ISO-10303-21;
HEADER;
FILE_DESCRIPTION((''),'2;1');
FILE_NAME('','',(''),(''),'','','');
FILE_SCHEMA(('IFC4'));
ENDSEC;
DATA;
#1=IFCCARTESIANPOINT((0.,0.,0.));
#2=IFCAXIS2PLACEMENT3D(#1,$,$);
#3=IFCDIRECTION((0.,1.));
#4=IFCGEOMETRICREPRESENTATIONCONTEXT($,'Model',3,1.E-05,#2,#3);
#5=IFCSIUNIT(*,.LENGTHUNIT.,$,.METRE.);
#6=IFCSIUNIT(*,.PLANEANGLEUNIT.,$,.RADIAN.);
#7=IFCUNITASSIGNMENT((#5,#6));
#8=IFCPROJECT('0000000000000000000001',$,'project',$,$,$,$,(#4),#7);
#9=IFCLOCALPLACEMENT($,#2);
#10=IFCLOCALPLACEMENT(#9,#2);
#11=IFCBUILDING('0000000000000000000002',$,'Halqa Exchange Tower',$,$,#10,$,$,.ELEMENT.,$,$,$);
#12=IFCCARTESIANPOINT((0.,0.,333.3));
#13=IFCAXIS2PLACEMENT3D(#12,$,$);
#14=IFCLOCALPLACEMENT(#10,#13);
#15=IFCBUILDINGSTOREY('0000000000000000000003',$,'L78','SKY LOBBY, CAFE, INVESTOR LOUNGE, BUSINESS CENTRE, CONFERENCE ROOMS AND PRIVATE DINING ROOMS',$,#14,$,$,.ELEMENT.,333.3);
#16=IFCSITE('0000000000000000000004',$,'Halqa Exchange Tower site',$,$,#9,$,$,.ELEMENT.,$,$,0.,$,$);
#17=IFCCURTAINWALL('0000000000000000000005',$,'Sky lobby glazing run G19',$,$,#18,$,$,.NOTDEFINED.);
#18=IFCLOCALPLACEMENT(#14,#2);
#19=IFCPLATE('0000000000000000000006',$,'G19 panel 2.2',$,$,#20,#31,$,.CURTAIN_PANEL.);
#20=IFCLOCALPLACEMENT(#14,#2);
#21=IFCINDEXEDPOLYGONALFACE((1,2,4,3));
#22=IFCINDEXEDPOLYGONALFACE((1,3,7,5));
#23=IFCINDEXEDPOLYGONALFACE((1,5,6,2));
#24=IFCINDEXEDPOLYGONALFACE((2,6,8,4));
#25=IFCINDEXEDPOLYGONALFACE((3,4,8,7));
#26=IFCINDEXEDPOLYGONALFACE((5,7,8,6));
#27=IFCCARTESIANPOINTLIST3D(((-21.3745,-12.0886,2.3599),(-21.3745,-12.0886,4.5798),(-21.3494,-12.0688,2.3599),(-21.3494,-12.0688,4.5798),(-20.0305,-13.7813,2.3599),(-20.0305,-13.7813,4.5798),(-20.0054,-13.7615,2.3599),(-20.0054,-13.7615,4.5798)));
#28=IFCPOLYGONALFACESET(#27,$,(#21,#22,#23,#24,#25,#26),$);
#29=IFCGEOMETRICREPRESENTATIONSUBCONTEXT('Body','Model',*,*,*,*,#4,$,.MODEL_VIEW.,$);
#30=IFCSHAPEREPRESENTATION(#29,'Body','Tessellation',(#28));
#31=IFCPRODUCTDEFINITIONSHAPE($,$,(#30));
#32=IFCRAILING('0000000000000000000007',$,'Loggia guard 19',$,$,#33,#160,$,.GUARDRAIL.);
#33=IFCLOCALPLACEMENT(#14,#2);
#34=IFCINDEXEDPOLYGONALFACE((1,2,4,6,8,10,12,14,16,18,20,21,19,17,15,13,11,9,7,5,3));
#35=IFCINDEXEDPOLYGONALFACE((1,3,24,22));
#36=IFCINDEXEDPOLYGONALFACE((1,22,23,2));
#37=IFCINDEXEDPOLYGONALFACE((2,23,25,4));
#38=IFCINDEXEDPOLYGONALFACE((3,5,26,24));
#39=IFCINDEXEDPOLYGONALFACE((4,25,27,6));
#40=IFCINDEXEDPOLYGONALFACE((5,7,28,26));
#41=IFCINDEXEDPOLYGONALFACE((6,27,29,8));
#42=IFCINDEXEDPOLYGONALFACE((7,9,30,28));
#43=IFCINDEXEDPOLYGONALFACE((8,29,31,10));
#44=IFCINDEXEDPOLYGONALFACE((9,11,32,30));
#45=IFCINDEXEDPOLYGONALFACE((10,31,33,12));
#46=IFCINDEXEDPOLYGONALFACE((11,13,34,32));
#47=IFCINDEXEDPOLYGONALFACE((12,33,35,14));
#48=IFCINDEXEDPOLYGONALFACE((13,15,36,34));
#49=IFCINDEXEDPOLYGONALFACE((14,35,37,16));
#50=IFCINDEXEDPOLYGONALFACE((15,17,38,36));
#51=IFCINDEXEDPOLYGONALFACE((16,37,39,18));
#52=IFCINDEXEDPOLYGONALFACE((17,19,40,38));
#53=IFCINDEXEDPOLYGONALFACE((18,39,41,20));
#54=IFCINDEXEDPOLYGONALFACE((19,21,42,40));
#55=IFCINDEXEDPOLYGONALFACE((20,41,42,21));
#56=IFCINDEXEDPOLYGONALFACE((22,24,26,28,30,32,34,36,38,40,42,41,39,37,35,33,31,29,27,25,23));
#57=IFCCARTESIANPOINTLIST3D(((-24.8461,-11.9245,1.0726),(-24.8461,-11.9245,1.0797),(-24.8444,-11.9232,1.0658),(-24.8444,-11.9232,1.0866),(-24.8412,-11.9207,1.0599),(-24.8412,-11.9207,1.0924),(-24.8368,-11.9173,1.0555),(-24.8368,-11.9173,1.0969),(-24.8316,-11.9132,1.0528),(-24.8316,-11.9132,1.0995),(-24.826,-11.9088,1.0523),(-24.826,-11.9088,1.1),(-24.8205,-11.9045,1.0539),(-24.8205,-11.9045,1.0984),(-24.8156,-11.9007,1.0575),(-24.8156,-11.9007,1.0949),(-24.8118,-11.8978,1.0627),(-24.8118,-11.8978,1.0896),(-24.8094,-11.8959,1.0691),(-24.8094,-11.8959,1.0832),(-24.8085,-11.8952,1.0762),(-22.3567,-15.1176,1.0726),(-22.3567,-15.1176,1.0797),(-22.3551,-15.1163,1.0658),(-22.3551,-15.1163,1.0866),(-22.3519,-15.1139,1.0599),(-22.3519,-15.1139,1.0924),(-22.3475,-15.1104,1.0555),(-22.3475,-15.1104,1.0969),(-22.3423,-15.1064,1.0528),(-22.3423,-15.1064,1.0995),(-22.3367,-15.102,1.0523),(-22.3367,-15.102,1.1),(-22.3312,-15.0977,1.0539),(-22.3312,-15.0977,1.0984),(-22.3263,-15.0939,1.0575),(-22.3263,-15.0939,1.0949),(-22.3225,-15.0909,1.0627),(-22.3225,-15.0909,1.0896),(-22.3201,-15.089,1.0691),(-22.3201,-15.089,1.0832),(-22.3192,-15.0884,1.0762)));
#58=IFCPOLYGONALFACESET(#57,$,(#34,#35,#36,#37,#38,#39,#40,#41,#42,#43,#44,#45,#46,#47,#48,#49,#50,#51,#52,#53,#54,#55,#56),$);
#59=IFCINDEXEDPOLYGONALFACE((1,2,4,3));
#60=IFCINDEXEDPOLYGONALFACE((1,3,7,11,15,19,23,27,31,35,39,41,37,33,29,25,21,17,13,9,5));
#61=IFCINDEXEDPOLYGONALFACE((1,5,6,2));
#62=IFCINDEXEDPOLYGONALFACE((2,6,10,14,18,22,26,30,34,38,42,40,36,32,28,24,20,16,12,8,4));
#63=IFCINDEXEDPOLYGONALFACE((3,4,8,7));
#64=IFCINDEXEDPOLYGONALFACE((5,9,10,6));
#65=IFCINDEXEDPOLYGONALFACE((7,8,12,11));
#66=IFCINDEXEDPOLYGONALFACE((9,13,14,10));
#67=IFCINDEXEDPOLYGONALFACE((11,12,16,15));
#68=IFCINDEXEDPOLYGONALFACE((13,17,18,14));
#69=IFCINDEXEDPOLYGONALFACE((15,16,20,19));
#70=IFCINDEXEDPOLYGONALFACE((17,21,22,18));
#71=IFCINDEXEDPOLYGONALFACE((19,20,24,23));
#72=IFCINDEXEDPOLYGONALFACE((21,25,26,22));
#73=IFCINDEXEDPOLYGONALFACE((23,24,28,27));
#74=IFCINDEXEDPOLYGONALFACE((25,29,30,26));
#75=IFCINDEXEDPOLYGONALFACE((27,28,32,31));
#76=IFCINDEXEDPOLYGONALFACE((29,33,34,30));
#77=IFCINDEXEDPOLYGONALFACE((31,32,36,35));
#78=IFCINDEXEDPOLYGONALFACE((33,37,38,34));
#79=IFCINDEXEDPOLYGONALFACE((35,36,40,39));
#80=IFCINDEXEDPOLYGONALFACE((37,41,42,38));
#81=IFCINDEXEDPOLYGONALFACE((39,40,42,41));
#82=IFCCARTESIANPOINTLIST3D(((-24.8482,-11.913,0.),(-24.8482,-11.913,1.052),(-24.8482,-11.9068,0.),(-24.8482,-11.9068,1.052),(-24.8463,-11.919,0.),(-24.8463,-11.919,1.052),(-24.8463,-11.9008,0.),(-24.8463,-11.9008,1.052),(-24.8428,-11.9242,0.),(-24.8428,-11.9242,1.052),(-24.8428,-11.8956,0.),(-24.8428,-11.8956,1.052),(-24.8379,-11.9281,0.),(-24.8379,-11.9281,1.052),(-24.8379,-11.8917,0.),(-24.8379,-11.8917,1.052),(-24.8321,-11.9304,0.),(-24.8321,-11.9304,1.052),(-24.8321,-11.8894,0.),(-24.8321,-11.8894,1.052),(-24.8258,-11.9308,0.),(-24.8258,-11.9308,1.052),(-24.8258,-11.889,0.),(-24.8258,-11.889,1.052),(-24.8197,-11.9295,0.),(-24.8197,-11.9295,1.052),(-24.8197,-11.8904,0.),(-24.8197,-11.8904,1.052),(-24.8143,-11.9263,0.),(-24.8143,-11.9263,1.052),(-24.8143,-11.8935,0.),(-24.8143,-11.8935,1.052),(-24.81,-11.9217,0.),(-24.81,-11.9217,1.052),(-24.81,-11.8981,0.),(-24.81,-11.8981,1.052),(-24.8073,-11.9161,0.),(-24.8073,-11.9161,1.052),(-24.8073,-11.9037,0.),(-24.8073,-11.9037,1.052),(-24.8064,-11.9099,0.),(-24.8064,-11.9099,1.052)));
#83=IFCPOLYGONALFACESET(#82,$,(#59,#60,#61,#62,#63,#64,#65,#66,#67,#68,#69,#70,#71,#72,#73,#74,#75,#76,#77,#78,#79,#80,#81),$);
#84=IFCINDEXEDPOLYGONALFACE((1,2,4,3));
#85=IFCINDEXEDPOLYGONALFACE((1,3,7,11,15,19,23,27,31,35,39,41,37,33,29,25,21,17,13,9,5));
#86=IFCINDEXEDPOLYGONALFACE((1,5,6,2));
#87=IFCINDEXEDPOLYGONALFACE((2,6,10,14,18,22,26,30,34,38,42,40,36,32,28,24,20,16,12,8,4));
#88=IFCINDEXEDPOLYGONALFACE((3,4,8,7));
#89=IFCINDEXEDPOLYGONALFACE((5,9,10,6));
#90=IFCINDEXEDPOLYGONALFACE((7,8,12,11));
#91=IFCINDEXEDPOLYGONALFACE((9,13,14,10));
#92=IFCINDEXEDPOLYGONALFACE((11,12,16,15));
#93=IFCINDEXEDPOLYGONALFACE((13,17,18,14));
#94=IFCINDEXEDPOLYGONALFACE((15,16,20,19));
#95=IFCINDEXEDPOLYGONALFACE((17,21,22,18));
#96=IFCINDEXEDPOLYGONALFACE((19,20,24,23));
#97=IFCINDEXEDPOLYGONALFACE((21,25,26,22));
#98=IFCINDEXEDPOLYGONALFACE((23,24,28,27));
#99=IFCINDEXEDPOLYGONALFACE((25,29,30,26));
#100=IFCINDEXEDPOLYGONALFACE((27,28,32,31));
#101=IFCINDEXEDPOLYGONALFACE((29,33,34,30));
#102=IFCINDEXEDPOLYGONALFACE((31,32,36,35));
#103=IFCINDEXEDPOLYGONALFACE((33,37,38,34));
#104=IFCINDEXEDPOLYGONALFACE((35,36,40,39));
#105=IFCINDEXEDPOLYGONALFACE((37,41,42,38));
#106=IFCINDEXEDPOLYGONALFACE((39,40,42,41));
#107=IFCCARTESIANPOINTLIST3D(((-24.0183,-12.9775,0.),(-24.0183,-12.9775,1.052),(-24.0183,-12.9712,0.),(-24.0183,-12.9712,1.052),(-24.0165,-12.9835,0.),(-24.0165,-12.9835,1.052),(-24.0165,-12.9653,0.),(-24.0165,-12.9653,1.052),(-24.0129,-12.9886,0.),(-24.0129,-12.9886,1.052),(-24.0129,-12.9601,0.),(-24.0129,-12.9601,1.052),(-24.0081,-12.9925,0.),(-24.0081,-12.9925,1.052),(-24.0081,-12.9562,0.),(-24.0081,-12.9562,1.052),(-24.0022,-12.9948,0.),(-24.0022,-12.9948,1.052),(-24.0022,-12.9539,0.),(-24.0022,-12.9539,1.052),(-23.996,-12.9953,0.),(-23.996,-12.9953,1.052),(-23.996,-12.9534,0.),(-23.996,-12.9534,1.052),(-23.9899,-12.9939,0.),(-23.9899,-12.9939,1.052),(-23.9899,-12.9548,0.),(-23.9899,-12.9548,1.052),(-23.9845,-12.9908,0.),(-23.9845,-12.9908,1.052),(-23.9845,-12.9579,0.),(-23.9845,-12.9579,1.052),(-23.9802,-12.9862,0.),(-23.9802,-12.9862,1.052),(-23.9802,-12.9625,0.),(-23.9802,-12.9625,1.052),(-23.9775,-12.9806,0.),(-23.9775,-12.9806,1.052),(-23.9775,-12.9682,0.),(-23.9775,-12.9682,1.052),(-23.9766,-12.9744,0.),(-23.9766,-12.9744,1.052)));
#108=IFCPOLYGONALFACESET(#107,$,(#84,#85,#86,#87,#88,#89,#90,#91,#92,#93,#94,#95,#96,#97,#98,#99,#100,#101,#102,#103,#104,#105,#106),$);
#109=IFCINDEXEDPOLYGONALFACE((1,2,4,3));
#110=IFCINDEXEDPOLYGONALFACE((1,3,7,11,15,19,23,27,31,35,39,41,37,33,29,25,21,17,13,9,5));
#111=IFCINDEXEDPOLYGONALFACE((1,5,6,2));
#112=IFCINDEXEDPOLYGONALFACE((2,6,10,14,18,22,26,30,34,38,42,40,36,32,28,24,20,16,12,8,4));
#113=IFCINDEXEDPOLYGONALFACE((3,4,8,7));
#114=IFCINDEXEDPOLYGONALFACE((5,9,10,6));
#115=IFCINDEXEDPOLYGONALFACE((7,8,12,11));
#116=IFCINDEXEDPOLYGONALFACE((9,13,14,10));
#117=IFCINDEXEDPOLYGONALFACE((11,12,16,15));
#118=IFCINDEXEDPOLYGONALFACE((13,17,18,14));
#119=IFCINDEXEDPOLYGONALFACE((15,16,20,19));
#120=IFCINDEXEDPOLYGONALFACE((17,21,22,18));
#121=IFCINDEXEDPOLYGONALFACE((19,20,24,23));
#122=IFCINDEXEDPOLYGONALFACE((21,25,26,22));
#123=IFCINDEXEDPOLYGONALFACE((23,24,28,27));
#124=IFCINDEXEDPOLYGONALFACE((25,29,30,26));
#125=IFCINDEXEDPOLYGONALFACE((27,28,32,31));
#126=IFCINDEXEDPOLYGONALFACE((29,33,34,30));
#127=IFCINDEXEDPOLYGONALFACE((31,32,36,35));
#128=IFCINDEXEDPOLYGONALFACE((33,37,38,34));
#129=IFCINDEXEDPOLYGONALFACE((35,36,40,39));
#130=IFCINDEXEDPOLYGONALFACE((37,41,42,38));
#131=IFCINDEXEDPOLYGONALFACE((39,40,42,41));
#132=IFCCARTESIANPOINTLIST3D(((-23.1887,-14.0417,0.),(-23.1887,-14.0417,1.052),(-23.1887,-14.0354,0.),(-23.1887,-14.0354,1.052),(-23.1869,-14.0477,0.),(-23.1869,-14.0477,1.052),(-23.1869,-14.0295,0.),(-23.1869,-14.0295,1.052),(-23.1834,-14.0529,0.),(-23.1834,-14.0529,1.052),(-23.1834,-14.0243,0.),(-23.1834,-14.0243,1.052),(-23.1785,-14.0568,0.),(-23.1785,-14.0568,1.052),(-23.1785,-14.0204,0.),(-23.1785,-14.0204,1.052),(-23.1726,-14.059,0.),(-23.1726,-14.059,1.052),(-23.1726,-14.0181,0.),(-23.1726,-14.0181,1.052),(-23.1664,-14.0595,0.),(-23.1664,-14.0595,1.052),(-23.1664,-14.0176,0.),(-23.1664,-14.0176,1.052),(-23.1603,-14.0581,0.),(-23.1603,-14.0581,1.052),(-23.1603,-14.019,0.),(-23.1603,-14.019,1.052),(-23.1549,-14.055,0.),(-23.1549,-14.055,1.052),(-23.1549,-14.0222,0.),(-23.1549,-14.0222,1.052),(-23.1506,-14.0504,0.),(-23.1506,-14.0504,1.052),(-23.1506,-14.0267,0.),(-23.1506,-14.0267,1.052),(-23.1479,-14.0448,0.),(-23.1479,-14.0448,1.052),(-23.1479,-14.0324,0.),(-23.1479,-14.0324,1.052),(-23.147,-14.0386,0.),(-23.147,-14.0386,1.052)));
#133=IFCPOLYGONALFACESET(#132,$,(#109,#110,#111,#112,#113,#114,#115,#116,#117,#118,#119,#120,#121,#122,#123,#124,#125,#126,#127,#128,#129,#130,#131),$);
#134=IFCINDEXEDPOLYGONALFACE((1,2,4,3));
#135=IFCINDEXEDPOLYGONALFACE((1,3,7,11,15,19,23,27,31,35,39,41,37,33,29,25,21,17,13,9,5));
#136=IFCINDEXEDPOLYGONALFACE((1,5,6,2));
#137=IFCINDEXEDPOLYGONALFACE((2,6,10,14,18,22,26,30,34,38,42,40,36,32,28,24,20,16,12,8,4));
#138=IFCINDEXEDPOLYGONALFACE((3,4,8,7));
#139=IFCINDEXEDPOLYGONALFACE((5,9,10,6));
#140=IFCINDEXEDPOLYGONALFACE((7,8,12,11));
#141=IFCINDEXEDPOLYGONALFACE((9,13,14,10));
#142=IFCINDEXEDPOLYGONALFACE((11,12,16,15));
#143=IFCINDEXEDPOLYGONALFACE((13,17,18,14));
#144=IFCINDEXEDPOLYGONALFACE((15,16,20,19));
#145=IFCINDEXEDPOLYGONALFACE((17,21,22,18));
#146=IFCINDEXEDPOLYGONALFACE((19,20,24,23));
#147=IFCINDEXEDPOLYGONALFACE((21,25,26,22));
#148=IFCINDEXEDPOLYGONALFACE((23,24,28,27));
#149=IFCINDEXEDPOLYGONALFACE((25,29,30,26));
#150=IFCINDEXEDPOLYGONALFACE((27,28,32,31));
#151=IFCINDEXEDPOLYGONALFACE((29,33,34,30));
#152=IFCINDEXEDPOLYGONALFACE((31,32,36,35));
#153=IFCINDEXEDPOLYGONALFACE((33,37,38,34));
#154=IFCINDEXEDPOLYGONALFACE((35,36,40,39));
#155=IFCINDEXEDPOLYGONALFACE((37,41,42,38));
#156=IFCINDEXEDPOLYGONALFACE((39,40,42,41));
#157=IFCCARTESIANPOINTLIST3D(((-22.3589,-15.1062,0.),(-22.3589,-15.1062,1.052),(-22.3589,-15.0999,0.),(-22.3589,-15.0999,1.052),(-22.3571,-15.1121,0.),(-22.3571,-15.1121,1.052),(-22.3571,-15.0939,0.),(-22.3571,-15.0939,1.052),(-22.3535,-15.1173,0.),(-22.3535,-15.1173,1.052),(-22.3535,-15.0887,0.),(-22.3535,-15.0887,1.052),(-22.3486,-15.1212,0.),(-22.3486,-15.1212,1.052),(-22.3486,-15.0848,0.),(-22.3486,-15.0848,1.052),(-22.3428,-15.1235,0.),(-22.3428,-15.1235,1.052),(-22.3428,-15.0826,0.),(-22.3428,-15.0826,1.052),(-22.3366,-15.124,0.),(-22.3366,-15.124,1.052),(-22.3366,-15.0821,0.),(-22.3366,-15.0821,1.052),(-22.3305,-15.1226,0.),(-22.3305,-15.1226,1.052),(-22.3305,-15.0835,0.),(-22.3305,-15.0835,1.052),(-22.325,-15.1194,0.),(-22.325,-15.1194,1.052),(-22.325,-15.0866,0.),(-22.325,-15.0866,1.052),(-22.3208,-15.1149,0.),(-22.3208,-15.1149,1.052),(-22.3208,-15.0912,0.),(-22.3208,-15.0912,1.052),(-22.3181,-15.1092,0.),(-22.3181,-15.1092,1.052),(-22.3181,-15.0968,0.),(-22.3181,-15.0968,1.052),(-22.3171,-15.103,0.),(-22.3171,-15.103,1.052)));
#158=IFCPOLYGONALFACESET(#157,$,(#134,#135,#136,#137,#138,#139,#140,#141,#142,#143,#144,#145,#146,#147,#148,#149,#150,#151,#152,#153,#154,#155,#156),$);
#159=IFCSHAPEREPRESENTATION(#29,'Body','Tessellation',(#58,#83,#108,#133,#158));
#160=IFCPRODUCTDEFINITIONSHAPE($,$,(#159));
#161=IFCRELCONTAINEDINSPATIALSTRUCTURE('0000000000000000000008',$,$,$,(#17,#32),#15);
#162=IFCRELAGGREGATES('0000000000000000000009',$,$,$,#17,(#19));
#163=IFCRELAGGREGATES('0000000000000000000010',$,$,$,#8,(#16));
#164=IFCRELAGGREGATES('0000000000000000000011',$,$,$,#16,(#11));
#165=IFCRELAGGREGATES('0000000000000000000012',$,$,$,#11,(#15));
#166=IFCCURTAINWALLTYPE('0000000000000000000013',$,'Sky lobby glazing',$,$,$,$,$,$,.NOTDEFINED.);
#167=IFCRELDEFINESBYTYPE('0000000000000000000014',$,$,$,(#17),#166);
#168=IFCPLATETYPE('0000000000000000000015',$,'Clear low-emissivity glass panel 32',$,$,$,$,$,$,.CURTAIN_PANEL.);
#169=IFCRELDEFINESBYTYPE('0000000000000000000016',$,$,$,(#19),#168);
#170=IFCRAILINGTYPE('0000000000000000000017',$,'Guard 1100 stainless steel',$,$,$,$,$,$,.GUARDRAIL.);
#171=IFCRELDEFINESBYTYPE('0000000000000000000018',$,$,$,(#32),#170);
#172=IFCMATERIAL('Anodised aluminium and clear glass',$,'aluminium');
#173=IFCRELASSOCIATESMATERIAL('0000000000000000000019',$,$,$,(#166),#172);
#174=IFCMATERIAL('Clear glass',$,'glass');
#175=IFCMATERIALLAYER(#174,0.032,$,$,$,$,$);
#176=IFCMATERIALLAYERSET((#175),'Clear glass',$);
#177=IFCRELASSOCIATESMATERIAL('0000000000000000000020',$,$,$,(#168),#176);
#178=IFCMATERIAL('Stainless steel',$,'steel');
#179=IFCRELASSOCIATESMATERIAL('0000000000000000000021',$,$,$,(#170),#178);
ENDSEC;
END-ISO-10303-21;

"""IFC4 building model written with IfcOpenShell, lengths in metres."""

from ifc_helpers import new_model, si_unit, direction, frame, origin, origin_2d, place, context, subcontext, project, spatial, rectangle, circle, extrude, material, layer, layer_set, type_object, element, aggregate, save


model = new_model("IFC4")

# Units and contexts
model_context = context("Model", 3, precision=1e-05, world=origin(), true_north=direction((0.0, 1.0)))
body_context = subcontext(model_context, "Body", "Model", "MODEL_VIEW")
ifc_project = project(units=[si_unit("LENGTHUNIT", "METRE"), si_unit("PLANEANGLEUNIT", "RADIAN")], contexts=[model_context])

# Site, building, storey
site_placement = place(None, origin())
site = spatial("IfcSite", under=ifc_project, at=site_placement, Name="Halqa Exchange Tower site", CompositionType="ELEMENT", RefElevation=0.0)
building_placement = place(site_placement, origin())
building = spatial("IfcBuilding", under=site, at=building_placement, Name="Halqa Exchange Tower", CompositionType="ELEMENT")
storey_placement = place(building_placement, frame((0.0, 0.0, 333.3)))
storey = spatial("IfcBuildingStorey", under=building, at=storey_placement, Name="L78", Description="SKY LOBBY, CAFE, INVESTOR LOUNGE, BUSINESS CENTRE, CONFERENCE ROOMS AND PRIVATE DINING ROOMS", CompositionType="ELEMENT", Elevation=333.3)

# Curtain wall, plate
ifc_material_1 = material(Name="Anodised aluminium and clear glass", Category="aluminium")
curtain_wall_type = type_object("IfcCurtainWallType", Name="Sky lobby glazing", PredefinedType="NOTDEFINED", material=ifc_material_1)
curtain_wall_placement = place(storey_placement, origin())
curtain_wall = element("IfcCurtainWall", 1, at=curtain_wall_placement, inside=storey, type_object=curtain_wall_type, Name="Sky lobby glazing run G19", PredefinedType="NOTDEFINED")
ifc_material_2 = material(Name="Clear glass", Category="glass")
ifc_layer = layer(ifc_material_2, 0.032)
ifc_layer_set = layer_set([ifc_layer], Name="Clear glass")
plate_type = type_object("IfcPlateType", Name="Clear low-emissivity glass panel 32", PredefinedType="CURTAIN_PANEL", material=ifc_layer_set)
plate_1_placement = place(storey_placement, frame((-20.6899, -12.925, 2.3599), z_axis=(0.0, 0.0, 1.0), x_axis=(0.621817, -0.783162, 0.0)))
plate_1 = element("IfcPlate", 2, at=plate_1_placement, type_object=plate_type, Name="G19 panel 2.2", PredefinedType="CURTAIN_PANEL", context=body_context, shape_type="SweptSolid", body=[
    extrude(rectangle(XDim=2.1614, YDim=0.032, at=origin_2d()), origin(), (0.0, 0.0, 1.0), 2.22),
])
aggregate(curtain_wall, [plate_1])

# Railing
ifc_material_3 = material(Name="Stainless steel", Category="steel")
railing_type = type_object("IfcRailingType", Name="Guard 1100 stainless steel", PredefinedType="GUARDRAIL", material=ifc_material_3)
railing_1_placement = place(storey_placement, frame((-24.8274, -11.9099, 0.0)))
element("IfcRailing", 3, at=railing_1_placement, inside=storey, type_object=railing_type, Name="Loggia guard 19", PredefinedType="GUARDRAIL", context=body_context, shape_type="SweptSolid", body=[
    extrude(circle(Radius=0.0239, at=origin_2d()), frame((0.0, 0.0, 1.0762), z_axis=(0.614821, -0.788667, 0.0), x_axis=(0.788667, 0.614821, 0.0)), (0.0, 0.0, 1.0), 4.0488),
    extrude(circle(Radius=0.021, at=origin_2d()), origin(), (0.0, 0.0, 1.0), 1.052),
    extrude(circle(Radius=0.021, at=origin_2d()), frame((0.8298, -1.0645, 0.0)), (0.0, 0.0, 1.0), 1.052),
    extrude(circle(Radius=0.021, at=origin_2d()), frame((1.6594, -2.1287, 0.0)), (0.0, 0.0, 1.0), 1.052),
    extrude(circle(Radius=0.021, at=origin_2d()), frame((2.4893, -3.1931, 0.0)), (0.0, 0.0, 1.0), 1.052),
])

save(model, "model.ifc")
